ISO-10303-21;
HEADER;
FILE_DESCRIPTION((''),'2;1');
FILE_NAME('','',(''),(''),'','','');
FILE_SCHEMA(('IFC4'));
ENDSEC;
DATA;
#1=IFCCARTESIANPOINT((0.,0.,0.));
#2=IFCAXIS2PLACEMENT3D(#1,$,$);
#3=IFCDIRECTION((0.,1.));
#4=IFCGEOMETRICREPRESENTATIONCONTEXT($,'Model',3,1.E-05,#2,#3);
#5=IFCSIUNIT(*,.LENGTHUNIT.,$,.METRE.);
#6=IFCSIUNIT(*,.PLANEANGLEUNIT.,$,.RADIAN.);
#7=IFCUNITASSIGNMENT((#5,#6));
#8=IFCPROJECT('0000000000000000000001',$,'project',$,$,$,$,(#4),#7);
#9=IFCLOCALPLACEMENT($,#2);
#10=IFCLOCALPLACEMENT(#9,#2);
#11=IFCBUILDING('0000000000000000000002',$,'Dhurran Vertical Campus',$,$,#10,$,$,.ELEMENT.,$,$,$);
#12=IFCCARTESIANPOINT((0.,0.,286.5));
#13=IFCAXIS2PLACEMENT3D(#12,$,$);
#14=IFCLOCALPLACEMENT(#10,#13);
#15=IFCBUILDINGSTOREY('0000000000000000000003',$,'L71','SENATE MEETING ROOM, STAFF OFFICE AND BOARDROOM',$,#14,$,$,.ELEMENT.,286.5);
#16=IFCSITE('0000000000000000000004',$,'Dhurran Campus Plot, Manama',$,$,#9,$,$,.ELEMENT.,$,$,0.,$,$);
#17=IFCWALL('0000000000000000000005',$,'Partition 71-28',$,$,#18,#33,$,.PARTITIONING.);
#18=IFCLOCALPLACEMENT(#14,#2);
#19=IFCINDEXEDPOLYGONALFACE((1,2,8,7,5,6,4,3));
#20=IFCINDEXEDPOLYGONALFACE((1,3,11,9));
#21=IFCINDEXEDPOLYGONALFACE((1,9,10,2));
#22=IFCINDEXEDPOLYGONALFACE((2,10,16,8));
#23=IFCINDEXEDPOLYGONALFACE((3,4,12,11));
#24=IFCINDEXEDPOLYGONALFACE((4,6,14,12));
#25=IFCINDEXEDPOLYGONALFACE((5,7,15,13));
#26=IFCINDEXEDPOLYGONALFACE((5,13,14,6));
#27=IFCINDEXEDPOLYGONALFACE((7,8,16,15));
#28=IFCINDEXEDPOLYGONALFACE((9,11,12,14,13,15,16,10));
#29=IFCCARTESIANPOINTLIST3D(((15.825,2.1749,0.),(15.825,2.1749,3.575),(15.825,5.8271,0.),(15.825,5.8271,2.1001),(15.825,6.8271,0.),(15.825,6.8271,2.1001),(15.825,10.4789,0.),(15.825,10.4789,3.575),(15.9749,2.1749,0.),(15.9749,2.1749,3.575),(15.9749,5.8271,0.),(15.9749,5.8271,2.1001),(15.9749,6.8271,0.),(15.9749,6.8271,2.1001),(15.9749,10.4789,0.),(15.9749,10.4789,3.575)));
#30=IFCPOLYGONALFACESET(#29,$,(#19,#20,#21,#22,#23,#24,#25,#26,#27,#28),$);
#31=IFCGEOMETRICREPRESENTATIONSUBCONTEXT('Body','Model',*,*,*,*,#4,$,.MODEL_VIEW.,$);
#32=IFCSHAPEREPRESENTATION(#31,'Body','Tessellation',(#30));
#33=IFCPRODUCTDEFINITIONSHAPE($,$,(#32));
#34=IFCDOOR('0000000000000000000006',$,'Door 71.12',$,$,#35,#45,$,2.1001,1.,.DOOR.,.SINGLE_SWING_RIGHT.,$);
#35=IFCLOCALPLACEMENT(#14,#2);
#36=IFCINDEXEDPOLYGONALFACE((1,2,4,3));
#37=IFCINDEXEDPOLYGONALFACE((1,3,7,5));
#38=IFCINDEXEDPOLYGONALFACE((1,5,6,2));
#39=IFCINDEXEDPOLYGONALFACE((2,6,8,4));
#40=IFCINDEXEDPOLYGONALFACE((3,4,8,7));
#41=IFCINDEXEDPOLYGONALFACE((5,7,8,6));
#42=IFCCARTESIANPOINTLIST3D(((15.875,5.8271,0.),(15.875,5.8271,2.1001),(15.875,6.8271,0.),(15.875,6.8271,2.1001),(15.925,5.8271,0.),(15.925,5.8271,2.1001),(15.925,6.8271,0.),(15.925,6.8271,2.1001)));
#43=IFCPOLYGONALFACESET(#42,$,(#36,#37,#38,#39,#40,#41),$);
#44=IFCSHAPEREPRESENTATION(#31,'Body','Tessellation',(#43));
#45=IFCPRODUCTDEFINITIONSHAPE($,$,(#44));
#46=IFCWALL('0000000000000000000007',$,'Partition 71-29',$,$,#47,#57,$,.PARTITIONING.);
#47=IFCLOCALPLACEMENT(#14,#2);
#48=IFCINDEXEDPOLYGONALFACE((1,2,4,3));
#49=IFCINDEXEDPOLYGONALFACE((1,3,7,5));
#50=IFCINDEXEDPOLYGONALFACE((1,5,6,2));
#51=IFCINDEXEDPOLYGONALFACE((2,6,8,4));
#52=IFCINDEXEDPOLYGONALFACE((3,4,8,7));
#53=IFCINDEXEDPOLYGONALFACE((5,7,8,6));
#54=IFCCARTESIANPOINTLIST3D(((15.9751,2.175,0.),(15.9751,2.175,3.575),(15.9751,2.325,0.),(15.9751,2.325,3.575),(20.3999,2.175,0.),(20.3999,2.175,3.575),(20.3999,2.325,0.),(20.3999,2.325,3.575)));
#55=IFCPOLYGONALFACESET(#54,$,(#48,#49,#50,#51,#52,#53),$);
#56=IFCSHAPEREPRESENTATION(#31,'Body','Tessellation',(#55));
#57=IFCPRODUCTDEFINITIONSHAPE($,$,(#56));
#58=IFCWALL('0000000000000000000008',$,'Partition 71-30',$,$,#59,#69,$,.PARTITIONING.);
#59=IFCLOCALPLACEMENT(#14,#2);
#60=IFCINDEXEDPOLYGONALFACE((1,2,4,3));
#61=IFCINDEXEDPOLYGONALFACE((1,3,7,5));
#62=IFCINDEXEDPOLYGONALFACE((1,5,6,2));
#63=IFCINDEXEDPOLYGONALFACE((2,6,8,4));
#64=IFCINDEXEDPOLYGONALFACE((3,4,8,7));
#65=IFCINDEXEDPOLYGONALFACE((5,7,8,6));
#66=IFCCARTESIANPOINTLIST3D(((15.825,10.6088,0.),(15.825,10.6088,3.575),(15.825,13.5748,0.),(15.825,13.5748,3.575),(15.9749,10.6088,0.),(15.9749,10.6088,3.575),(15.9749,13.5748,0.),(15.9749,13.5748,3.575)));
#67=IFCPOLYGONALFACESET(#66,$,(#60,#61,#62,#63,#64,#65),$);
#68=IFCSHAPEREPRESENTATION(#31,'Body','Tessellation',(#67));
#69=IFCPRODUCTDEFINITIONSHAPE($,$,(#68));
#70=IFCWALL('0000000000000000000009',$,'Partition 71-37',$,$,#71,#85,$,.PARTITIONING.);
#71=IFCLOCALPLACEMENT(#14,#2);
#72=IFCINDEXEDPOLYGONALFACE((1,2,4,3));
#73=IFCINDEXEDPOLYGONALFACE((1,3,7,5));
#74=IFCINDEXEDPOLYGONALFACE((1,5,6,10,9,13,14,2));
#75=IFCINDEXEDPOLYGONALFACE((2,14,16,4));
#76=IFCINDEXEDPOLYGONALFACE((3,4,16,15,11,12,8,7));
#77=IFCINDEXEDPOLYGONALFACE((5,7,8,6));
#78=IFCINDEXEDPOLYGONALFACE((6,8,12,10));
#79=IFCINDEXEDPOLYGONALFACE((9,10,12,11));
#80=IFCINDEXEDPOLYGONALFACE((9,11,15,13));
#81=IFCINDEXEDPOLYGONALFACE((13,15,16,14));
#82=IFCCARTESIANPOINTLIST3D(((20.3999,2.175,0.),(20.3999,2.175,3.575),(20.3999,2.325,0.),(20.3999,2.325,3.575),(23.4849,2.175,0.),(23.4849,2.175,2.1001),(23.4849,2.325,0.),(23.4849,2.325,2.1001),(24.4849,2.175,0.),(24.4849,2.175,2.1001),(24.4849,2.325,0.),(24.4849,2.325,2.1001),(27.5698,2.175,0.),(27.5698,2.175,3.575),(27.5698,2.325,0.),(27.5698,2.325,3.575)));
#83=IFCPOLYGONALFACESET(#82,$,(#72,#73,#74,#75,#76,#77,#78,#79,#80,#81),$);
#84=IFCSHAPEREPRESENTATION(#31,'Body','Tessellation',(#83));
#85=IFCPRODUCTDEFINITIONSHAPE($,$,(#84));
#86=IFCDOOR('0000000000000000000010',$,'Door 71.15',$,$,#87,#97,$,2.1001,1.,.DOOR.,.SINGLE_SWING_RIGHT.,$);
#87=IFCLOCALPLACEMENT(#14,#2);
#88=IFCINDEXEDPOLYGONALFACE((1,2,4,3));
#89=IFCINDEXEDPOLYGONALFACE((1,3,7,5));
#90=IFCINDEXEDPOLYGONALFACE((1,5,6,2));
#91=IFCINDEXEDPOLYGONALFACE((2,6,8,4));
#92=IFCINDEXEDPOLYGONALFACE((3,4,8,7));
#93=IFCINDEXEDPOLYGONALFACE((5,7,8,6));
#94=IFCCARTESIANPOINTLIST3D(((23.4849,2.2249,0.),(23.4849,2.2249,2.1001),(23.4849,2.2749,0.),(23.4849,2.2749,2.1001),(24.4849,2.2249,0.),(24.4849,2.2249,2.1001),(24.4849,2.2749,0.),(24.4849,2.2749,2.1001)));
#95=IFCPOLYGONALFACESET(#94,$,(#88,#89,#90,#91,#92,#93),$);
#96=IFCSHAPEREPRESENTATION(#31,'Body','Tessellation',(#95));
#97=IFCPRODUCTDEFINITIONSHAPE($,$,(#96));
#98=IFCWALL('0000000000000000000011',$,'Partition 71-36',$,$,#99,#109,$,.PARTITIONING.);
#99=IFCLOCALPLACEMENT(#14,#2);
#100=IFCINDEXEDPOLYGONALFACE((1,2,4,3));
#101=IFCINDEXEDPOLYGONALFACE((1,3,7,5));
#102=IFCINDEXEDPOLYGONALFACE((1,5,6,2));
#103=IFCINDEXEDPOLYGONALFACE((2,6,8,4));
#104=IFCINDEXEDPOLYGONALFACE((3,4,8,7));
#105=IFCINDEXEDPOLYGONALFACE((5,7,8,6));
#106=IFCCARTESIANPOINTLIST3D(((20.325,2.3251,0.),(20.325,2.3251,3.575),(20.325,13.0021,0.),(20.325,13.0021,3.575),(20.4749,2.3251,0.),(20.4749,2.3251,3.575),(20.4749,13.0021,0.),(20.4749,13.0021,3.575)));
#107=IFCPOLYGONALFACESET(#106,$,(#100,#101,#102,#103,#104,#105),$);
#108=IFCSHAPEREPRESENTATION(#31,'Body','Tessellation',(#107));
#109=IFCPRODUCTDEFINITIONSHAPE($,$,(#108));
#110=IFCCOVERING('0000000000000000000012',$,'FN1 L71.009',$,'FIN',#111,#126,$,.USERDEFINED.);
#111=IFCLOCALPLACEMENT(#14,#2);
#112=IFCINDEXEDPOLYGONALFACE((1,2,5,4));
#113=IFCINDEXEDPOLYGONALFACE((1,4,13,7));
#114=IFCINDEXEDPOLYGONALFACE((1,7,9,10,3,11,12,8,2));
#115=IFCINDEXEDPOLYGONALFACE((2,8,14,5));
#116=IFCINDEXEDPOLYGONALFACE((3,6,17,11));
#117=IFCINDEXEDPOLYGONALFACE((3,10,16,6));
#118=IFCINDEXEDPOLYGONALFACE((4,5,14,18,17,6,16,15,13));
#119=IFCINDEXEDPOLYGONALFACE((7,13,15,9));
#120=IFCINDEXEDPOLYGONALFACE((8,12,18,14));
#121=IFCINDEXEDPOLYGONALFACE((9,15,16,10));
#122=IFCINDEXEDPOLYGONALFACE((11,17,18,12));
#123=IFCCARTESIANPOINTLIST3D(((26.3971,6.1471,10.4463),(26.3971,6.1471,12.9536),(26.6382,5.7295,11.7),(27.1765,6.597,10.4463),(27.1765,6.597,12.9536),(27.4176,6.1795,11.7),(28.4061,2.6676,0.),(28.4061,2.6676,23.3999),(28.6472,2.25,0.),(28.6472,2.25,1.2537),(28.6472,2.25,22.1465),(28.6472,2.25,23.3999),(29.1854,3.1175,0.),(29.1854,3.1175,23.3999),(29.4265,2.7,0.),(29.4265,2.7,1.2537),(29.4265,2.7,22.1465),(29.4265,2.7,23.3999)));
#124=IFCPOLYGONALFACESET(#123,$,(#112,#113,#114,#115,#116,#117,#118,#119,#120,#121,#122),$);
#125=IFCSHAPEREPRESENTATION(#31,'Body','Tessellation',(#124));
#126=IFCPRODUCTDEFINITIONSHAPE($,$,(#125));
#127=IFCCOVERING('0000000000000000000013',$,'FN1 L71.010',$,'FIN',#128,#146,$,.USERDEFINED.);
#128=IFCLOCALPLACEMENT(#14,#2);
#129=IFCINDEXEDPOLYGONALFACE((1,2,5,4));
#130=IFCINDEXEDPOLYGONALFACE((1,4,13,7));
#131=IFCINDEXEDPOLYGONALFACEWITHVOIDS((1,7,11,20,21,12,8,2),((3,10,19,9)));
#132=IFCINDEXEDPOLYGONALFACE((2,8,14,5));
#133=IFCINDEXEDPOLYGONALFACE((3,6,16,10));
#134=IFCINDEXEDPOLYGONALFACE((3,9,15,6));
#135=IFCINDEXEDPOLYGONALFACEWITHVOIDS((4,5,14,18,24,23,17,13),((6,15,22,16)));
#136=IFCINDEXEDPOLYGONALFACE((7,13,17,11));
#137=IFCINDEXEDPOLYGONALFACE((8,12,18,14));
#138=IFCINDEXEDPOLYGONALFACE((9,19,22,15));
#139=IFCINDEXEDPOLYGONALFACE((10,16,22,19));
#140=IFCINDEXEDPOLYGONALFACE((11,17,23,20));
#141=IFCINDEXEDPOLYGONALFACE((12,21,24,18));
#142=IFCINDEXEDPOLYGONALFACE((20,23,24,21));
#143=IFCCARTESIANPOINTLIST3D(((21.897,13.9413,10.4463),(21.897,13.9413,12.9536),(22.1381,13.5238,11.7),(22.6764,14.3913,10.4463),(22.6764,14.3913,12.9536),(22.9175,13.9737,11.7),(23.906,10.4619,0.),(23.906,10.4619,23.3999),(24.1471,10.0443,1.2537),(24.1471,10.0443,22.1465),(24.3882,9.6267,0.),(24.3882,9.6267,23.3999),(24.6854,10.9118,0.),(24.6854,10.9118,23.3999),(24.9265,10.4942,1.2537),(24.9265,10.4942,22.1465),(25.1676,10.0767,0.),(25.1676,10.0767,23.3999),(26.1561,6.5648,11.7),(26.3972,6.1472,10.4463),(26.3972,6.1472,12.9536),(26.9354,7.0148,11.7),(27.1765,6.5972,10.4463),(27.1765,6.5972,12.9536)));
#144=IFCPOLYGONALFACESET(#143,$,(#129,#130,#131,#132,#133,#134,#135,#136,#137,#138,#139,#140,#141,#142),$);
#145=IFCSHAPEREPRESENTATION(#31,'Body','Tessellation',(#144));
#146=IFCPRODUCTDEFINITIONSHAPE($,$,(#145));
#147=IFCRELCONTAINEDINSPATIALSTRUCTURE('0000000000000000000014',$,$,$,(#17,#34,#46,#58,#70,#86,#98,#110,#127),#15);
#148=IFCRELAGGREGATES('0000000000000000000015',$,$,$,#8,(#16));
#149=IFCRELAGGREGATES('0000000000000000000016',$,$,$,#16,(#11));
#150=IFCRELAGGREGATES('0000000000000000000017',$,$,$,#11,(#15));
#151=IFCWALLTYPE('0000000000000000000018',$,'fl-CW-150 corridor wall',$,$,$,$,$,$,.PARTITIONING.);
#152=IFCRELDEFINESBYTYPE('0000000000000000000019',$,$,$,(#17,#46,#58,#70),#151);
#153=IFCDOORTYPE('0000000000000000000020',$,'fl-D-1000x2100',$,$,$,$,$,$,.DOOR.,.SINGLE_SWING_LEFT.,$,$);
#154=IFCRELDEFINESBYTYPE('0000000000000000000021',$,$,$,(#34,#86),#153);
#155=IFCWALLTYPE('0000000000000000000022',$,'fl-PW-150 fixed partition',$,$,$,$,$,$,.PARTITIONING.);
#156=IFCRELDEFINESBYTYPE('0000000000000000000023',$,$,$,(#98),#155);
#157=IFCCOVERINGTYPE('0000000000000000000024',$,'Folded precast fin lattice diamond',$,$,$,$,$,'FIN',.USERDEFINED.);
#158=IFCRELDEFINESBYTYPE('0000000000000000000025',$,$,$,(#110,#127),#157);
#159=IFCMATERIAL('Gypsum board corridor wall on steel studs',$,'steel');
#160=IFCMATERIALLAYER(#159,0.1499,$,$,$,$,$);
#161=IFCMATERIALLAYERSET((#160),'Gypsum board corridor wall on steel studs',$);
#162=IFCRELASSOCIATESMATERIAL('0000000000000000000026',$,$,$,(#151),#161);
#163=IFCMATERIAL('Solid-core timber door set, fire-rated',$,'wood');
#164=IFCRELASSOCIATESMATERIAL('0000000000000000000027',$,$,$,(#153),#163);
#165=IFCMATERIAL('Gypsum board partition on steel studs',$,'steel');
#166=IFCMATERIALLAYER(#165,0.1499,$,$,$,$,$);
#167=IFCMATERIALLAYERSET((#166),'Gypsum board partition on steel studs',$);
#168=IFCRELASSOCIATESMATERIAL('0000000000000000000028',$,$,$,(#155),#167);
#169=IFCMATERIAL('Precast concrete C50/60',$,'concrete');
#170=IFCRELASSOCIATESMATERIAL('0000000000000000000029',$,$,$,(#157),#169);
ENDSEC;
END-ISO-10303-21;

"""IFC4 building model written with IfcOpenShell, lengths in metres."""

from ifc_helpers import new_model, si_unit, direction, frame, frame_2d, origin, place, context, subcontext, project, spatial, polyline, rectangle, outline, extrude, material, layer, layer_set, type_object, element, fill, save


model = new_model("IFC4")

# Units and contexts
model_context = context("Model", 3, precision=1e-05, world=origin(), true_north=direction((0.0, 1.0)))
body_context = subcontext(model_context, "Body", "Model", "MODEL_VIEW")
ifc_project = project(units=[si_unit("LENGTHUNIT", "METRE"), si_unit("PLANEANGLEUNIT", "RADIAN")], contexts=[model_context])

# Site, building, storey
site_placement = place(None, origin())
site = spatial("IfcSite", under=ifc_project, at=site_placement, Name="Dhurran Campus Plot, Manama", CompositionType="ELEMENT", RefElevation=0.0)
building_placement = place(site_placement, origin())
building = spatial("IfcBuilding", under=site, at=building_placement, Name="Dhurran Vertical Campus", CompositionType="ELEMENT")
storey_placement = place(building_placement, frame((0.0, 0.0, 286.5)))
storey = spatial("IfcBuildingStorey", under=building, at=storey_placement, Name="L71", Description="SENATE MEETING ROOM, STAFF OFFICE AND BOARDROOM", CompositionType="ELEMENT", Elevation=286.5)

# Wall, opening, door
ifc_material_1 = material(Name="Gypsum board corridor wall on steel studs", Category="steel")
ifc_layer_1 = layer(ifc_material_1, 0.1499)
ifc_layer_set_1 = layer_set([ifc_layer_1], Name="Gypsum board corridor wall on steel studs")
wall_type_1 = type_object("IfcWallType", Name="fl-CW-150 corridor wall", PredefinedType="PARTITIONING", material=ifc_layer_set_1)
wall_1_placement = place(storey_placement, frame((15.8999, 2.175, 0.0), z_axis=(0.0, 0.0, 1.0), x_axis=(0.0, 1.0, 0.0)))
wall_1 = element("IfcWall", 1, at=wall_1_placement, inside=storey, type_object=wall_type_1, Name="Partition 71-28", PredefinedType="PARTITIONING", context=body_context, shape_type="SweptSolid", body=[
    extrude(rectangle(XDim=8.304, YDim=0.1499, at=frame_2d((4.1519, 0.0))), origin(), (0.0, 0.0, 1.0), 3.575),
])
opening_1_placement = place(wall_1_placement, frame((3.6521, 0.0, 0.0)))
opening_1 = element("IfcOpeningElement", 2, at=opening_1_placement, cuts=wall_1, PredefinedType="OPENING", context=body_context, shape_type="SweptSolid", body=[
    extrude(rectangle(XDim=1.0, YDim=2.1001, at=frame_2d((0.5, 1.05))), frame((0.0, 0.085, 0.0), z_axis=(0.0, -1.0, 0.0), x_axis=(1.0, 0.0, 0.0)), (0.0, 0.0, 1.0), 0.1699),
])
ifc_material_2 = material(Name="Solid-core timber door set, fire-rated", Category="wood")
door_type = type_object("IfcDoorType", Name="fl-D-1000x2100", OperationType="SINGLE_SWING_LEFT", PredefinedType="DOOR", material=ifc_material_2)
door_1_placement = place(opening_1_placement, origin())
door_1 = element("IfcDoor", 3, at=door_1_placement, inside=storey, type_object=door_type, Name="Door 71.12", OperationType="SINGLE_SWING_RIGHT", OverallHeight=2.1001, OverallWidth=1.0, PredefinedType="DOOR", context=body_context, shape_type="SweptSolid", body=[
    extrude(rectangle(XDim=1.0, YDim=2.1001, at=frame_2d((0.5, 1.05))), frame((0.0, 0.0249, 0.0), z_axis=(0.0, -1.0, 0.0), x_axis=(1.0, 0.0, 0.0)), (0.0, 0.0, 1.0), 0.05),
])
fill(opening_1, door_1)

# Walls
wall_2_placement = place(storey_placement, frame((15.9751, 2.25, 0.0), z_axis=(0.0, 0.0, 1.0), x_axis=(1.0, 0.0, 0.0)))
element("IfcWall", 4, at=wall_2_placement, inside=storey, type_object=wall_type_1, Name="Partition 71-29", PredefinedType="PARTITIONING", context=body_context, shape_type="SweptSolid", body=[
    extrude(rectangle(XDim=4.4248, YDim=0.1499, at=frame_2d((2.2124, 0.0))), origin(), (0.0, 0.0, 1.0), 3.575),
])
wall_3_placement = place(storey_placement, frame((15.8999, 10.6089, 0.0), z_axis=(0.0, 0.0, 1.0), x_axis=(0.0, 1.0, 0.0)))
element("IfcWall", 5, at=wall_3_placement, inside=storey, type_object=wall_type_1, Name="Partition 71-30", PredefinedType="PARTITIONING", context=body_context, shape_type="SweptSolid", body=[
    extrude(rectangle(XDim=2.9661, YDim=0.1499, at=frame_2d((1.4829, 0.0))), origin(), (0.0, 0.0, 1.0), 3.575),
])

# Wall, opening, door
wall_4_placement = place(storey_placement, frame((20.3999, 2.25, 0.0), z_axis=(0.0, 0.0, 1.0), x_axis=(1.0, 0.0, 0.0)))
wall_4 = element("IfcWall", 6, at=wall_4_placement, inside=storey, type_object=wall_type_1, Name="Partition 71-37", PredefinedType="PARTITIONING", context=body_context, shape_type="SweptSolid", body=[
    extrude(rectangle(XDim=7.1699, YDim=0.1499, at=frame_2d((3.585, 0.0))), origin(), (0.0, 0.0, 1.0), 3.575),
])
opening_2_placement = place(wall_4_placement, frame((3.085, 0.0, 0.0)))
opening_2 = element("IfcOpeningElement", 7, at=opening_2_placement, cuts=wall_4, PredefinedType="OPENING", context=body_context, shape_type="SweptSolid", body=[
    extrude(rectangle(XDim=1.0, YDim=2.1001, at=frame_2d((0.5, 1.05))), frame((0.0, 0.085, 0.0), z_axis=(0.0, -1.0, 0.0), x_axis=(1.0, 0.0, 0.0)), (0.0, 0.0, 1.0), 0.1699),
])
door_2_placement = place(opening_2_placement, origin())
door_2 = element("IfcDoor", 8, at=door_2_placement, inside=storey, type_object=door_type, Name="Door 71.15", OperationType="SINGLE_SWING_RIGHT", OverallHeight=2.1001, OverallWidth=1.0, PredefinedType="DOOR", context=body_context, shape_type="SweptSolid", body=[
    extrude(rectangle(XDim=1.0, YDim=2.1001, at=frame_2d((0.5, 1.05))), frame((0.0, 0.0249, 0.0), z_axis=(0.0, -1.0, 0.0), x_axis=(1.0, 0.0, 0.0)), (0.0, 0.0, 1.0), 0.05),
])
fill(opening_2, door_2)

# Wall
ifc_material_3 = material(Name="Gypsum board partition on steel studs", Category="steel")
ifc_layer_2 = layer(ifc_material_3, 0.1499)
ifc_layer_set_2 = layer_set([ifc_layer_2], Name="Gypsum board partition on steel studs")
wall_type_2 = type_object("IfcWallType", Name="fl-PW-150 fixed partition", PredefinedType="PARTITIONING", material=ifc_layer_set_2)
wall_5_placement = place(storey_placement, frame((20.3999, 13.002, 0.0), z_axis=(0.0, 0.0, 1.0), x_axis=(0.0, -1.0, 0.0)))
element("IfcWall", 9, at=wall_5_placement, inside=storey, type_object=wall_type_2, Name="Partition 71-36", PredefinedType="PARTITIONING", context=body_context, shape_type="SweptSolid", body=[
    extrude(rectangle(XDim=10.677, YDim=0.1499, at=frame_2d((5.3384, 0.0))), origin(), (0.0, 0.0, 1.0), 3.575),
])

# Coverings
ifc_material_4 = material(Name="Precast concrete C50/60", Category="concrete")
covering_type = type_object("IfcCoveringType", Name="Folded precast fin lattice diamond", ElementType="FIN", PredefinedType="USERDEFINED", material=ifc_material_4)
covering_1_placement = place(storey_placement, frame((28.6472, 2.25, 0.0), z_axis=(0.866014, 0.50002, 0.0), x_axis=(-0.50002, 0.866014, 0.0)))
element("IfcCovering", 10, at=covering_1_placement, inside=storey, type_object=covering_type, Name="FN1 L71.009", ObjectType="FIN", PredefinedType="USERDEFINED", context=body_context, shape_type="SweptSolid", body=[
    extrude(outline(polyline([(4.5, 10.4463), (0.4822, 0.0), (0.0, 0.0), (0.0, 1.2537), (4.0178, 11.7), (0.0, 22.1465), (0.0, 23.3999), (0.4822, 23.3999), (4.5, 12.9536), (4.5, 10.4463)])), origin(), (0.0, 0.0, 1.0), 0.8999),
])
covering_2_placement = place(storey_placement, frame((26.3972, 6.1472, 0.0), z_axis=(0.866014, 0.50002, 0.0), x_axis=(-0.50002, 0.866014, 0.0)))
element("IfcCovering", 11, at=covering_2_placement, inside=storey, type_object=covering_type, Name="FN1 L71.010", ObjectType="FIN", PredefinedType="USERDEFINED", context=body_context, shape_type="SweptSolid", body=[
    extrude(outline(polyline([(9.0, 12.9536), (9.0, 10.4463), (4.9822, 0.0), (4.0178, 0.0), (0.0, 10.4463), (0.0, 12.9536), (4.0178, 23.3999), (4.9822, 23.3999), (9.0, 12.9536)]), holes=[polyline([(8.5178, 11.7), (4.5, 22.1465), (0.4822, 11.7), (4.5, 1.2537), (8.5178, 11.7)])]), origin(), (0.0, 0.0, 1.0), 0.8999),
])

save(model, "model.ifc")
